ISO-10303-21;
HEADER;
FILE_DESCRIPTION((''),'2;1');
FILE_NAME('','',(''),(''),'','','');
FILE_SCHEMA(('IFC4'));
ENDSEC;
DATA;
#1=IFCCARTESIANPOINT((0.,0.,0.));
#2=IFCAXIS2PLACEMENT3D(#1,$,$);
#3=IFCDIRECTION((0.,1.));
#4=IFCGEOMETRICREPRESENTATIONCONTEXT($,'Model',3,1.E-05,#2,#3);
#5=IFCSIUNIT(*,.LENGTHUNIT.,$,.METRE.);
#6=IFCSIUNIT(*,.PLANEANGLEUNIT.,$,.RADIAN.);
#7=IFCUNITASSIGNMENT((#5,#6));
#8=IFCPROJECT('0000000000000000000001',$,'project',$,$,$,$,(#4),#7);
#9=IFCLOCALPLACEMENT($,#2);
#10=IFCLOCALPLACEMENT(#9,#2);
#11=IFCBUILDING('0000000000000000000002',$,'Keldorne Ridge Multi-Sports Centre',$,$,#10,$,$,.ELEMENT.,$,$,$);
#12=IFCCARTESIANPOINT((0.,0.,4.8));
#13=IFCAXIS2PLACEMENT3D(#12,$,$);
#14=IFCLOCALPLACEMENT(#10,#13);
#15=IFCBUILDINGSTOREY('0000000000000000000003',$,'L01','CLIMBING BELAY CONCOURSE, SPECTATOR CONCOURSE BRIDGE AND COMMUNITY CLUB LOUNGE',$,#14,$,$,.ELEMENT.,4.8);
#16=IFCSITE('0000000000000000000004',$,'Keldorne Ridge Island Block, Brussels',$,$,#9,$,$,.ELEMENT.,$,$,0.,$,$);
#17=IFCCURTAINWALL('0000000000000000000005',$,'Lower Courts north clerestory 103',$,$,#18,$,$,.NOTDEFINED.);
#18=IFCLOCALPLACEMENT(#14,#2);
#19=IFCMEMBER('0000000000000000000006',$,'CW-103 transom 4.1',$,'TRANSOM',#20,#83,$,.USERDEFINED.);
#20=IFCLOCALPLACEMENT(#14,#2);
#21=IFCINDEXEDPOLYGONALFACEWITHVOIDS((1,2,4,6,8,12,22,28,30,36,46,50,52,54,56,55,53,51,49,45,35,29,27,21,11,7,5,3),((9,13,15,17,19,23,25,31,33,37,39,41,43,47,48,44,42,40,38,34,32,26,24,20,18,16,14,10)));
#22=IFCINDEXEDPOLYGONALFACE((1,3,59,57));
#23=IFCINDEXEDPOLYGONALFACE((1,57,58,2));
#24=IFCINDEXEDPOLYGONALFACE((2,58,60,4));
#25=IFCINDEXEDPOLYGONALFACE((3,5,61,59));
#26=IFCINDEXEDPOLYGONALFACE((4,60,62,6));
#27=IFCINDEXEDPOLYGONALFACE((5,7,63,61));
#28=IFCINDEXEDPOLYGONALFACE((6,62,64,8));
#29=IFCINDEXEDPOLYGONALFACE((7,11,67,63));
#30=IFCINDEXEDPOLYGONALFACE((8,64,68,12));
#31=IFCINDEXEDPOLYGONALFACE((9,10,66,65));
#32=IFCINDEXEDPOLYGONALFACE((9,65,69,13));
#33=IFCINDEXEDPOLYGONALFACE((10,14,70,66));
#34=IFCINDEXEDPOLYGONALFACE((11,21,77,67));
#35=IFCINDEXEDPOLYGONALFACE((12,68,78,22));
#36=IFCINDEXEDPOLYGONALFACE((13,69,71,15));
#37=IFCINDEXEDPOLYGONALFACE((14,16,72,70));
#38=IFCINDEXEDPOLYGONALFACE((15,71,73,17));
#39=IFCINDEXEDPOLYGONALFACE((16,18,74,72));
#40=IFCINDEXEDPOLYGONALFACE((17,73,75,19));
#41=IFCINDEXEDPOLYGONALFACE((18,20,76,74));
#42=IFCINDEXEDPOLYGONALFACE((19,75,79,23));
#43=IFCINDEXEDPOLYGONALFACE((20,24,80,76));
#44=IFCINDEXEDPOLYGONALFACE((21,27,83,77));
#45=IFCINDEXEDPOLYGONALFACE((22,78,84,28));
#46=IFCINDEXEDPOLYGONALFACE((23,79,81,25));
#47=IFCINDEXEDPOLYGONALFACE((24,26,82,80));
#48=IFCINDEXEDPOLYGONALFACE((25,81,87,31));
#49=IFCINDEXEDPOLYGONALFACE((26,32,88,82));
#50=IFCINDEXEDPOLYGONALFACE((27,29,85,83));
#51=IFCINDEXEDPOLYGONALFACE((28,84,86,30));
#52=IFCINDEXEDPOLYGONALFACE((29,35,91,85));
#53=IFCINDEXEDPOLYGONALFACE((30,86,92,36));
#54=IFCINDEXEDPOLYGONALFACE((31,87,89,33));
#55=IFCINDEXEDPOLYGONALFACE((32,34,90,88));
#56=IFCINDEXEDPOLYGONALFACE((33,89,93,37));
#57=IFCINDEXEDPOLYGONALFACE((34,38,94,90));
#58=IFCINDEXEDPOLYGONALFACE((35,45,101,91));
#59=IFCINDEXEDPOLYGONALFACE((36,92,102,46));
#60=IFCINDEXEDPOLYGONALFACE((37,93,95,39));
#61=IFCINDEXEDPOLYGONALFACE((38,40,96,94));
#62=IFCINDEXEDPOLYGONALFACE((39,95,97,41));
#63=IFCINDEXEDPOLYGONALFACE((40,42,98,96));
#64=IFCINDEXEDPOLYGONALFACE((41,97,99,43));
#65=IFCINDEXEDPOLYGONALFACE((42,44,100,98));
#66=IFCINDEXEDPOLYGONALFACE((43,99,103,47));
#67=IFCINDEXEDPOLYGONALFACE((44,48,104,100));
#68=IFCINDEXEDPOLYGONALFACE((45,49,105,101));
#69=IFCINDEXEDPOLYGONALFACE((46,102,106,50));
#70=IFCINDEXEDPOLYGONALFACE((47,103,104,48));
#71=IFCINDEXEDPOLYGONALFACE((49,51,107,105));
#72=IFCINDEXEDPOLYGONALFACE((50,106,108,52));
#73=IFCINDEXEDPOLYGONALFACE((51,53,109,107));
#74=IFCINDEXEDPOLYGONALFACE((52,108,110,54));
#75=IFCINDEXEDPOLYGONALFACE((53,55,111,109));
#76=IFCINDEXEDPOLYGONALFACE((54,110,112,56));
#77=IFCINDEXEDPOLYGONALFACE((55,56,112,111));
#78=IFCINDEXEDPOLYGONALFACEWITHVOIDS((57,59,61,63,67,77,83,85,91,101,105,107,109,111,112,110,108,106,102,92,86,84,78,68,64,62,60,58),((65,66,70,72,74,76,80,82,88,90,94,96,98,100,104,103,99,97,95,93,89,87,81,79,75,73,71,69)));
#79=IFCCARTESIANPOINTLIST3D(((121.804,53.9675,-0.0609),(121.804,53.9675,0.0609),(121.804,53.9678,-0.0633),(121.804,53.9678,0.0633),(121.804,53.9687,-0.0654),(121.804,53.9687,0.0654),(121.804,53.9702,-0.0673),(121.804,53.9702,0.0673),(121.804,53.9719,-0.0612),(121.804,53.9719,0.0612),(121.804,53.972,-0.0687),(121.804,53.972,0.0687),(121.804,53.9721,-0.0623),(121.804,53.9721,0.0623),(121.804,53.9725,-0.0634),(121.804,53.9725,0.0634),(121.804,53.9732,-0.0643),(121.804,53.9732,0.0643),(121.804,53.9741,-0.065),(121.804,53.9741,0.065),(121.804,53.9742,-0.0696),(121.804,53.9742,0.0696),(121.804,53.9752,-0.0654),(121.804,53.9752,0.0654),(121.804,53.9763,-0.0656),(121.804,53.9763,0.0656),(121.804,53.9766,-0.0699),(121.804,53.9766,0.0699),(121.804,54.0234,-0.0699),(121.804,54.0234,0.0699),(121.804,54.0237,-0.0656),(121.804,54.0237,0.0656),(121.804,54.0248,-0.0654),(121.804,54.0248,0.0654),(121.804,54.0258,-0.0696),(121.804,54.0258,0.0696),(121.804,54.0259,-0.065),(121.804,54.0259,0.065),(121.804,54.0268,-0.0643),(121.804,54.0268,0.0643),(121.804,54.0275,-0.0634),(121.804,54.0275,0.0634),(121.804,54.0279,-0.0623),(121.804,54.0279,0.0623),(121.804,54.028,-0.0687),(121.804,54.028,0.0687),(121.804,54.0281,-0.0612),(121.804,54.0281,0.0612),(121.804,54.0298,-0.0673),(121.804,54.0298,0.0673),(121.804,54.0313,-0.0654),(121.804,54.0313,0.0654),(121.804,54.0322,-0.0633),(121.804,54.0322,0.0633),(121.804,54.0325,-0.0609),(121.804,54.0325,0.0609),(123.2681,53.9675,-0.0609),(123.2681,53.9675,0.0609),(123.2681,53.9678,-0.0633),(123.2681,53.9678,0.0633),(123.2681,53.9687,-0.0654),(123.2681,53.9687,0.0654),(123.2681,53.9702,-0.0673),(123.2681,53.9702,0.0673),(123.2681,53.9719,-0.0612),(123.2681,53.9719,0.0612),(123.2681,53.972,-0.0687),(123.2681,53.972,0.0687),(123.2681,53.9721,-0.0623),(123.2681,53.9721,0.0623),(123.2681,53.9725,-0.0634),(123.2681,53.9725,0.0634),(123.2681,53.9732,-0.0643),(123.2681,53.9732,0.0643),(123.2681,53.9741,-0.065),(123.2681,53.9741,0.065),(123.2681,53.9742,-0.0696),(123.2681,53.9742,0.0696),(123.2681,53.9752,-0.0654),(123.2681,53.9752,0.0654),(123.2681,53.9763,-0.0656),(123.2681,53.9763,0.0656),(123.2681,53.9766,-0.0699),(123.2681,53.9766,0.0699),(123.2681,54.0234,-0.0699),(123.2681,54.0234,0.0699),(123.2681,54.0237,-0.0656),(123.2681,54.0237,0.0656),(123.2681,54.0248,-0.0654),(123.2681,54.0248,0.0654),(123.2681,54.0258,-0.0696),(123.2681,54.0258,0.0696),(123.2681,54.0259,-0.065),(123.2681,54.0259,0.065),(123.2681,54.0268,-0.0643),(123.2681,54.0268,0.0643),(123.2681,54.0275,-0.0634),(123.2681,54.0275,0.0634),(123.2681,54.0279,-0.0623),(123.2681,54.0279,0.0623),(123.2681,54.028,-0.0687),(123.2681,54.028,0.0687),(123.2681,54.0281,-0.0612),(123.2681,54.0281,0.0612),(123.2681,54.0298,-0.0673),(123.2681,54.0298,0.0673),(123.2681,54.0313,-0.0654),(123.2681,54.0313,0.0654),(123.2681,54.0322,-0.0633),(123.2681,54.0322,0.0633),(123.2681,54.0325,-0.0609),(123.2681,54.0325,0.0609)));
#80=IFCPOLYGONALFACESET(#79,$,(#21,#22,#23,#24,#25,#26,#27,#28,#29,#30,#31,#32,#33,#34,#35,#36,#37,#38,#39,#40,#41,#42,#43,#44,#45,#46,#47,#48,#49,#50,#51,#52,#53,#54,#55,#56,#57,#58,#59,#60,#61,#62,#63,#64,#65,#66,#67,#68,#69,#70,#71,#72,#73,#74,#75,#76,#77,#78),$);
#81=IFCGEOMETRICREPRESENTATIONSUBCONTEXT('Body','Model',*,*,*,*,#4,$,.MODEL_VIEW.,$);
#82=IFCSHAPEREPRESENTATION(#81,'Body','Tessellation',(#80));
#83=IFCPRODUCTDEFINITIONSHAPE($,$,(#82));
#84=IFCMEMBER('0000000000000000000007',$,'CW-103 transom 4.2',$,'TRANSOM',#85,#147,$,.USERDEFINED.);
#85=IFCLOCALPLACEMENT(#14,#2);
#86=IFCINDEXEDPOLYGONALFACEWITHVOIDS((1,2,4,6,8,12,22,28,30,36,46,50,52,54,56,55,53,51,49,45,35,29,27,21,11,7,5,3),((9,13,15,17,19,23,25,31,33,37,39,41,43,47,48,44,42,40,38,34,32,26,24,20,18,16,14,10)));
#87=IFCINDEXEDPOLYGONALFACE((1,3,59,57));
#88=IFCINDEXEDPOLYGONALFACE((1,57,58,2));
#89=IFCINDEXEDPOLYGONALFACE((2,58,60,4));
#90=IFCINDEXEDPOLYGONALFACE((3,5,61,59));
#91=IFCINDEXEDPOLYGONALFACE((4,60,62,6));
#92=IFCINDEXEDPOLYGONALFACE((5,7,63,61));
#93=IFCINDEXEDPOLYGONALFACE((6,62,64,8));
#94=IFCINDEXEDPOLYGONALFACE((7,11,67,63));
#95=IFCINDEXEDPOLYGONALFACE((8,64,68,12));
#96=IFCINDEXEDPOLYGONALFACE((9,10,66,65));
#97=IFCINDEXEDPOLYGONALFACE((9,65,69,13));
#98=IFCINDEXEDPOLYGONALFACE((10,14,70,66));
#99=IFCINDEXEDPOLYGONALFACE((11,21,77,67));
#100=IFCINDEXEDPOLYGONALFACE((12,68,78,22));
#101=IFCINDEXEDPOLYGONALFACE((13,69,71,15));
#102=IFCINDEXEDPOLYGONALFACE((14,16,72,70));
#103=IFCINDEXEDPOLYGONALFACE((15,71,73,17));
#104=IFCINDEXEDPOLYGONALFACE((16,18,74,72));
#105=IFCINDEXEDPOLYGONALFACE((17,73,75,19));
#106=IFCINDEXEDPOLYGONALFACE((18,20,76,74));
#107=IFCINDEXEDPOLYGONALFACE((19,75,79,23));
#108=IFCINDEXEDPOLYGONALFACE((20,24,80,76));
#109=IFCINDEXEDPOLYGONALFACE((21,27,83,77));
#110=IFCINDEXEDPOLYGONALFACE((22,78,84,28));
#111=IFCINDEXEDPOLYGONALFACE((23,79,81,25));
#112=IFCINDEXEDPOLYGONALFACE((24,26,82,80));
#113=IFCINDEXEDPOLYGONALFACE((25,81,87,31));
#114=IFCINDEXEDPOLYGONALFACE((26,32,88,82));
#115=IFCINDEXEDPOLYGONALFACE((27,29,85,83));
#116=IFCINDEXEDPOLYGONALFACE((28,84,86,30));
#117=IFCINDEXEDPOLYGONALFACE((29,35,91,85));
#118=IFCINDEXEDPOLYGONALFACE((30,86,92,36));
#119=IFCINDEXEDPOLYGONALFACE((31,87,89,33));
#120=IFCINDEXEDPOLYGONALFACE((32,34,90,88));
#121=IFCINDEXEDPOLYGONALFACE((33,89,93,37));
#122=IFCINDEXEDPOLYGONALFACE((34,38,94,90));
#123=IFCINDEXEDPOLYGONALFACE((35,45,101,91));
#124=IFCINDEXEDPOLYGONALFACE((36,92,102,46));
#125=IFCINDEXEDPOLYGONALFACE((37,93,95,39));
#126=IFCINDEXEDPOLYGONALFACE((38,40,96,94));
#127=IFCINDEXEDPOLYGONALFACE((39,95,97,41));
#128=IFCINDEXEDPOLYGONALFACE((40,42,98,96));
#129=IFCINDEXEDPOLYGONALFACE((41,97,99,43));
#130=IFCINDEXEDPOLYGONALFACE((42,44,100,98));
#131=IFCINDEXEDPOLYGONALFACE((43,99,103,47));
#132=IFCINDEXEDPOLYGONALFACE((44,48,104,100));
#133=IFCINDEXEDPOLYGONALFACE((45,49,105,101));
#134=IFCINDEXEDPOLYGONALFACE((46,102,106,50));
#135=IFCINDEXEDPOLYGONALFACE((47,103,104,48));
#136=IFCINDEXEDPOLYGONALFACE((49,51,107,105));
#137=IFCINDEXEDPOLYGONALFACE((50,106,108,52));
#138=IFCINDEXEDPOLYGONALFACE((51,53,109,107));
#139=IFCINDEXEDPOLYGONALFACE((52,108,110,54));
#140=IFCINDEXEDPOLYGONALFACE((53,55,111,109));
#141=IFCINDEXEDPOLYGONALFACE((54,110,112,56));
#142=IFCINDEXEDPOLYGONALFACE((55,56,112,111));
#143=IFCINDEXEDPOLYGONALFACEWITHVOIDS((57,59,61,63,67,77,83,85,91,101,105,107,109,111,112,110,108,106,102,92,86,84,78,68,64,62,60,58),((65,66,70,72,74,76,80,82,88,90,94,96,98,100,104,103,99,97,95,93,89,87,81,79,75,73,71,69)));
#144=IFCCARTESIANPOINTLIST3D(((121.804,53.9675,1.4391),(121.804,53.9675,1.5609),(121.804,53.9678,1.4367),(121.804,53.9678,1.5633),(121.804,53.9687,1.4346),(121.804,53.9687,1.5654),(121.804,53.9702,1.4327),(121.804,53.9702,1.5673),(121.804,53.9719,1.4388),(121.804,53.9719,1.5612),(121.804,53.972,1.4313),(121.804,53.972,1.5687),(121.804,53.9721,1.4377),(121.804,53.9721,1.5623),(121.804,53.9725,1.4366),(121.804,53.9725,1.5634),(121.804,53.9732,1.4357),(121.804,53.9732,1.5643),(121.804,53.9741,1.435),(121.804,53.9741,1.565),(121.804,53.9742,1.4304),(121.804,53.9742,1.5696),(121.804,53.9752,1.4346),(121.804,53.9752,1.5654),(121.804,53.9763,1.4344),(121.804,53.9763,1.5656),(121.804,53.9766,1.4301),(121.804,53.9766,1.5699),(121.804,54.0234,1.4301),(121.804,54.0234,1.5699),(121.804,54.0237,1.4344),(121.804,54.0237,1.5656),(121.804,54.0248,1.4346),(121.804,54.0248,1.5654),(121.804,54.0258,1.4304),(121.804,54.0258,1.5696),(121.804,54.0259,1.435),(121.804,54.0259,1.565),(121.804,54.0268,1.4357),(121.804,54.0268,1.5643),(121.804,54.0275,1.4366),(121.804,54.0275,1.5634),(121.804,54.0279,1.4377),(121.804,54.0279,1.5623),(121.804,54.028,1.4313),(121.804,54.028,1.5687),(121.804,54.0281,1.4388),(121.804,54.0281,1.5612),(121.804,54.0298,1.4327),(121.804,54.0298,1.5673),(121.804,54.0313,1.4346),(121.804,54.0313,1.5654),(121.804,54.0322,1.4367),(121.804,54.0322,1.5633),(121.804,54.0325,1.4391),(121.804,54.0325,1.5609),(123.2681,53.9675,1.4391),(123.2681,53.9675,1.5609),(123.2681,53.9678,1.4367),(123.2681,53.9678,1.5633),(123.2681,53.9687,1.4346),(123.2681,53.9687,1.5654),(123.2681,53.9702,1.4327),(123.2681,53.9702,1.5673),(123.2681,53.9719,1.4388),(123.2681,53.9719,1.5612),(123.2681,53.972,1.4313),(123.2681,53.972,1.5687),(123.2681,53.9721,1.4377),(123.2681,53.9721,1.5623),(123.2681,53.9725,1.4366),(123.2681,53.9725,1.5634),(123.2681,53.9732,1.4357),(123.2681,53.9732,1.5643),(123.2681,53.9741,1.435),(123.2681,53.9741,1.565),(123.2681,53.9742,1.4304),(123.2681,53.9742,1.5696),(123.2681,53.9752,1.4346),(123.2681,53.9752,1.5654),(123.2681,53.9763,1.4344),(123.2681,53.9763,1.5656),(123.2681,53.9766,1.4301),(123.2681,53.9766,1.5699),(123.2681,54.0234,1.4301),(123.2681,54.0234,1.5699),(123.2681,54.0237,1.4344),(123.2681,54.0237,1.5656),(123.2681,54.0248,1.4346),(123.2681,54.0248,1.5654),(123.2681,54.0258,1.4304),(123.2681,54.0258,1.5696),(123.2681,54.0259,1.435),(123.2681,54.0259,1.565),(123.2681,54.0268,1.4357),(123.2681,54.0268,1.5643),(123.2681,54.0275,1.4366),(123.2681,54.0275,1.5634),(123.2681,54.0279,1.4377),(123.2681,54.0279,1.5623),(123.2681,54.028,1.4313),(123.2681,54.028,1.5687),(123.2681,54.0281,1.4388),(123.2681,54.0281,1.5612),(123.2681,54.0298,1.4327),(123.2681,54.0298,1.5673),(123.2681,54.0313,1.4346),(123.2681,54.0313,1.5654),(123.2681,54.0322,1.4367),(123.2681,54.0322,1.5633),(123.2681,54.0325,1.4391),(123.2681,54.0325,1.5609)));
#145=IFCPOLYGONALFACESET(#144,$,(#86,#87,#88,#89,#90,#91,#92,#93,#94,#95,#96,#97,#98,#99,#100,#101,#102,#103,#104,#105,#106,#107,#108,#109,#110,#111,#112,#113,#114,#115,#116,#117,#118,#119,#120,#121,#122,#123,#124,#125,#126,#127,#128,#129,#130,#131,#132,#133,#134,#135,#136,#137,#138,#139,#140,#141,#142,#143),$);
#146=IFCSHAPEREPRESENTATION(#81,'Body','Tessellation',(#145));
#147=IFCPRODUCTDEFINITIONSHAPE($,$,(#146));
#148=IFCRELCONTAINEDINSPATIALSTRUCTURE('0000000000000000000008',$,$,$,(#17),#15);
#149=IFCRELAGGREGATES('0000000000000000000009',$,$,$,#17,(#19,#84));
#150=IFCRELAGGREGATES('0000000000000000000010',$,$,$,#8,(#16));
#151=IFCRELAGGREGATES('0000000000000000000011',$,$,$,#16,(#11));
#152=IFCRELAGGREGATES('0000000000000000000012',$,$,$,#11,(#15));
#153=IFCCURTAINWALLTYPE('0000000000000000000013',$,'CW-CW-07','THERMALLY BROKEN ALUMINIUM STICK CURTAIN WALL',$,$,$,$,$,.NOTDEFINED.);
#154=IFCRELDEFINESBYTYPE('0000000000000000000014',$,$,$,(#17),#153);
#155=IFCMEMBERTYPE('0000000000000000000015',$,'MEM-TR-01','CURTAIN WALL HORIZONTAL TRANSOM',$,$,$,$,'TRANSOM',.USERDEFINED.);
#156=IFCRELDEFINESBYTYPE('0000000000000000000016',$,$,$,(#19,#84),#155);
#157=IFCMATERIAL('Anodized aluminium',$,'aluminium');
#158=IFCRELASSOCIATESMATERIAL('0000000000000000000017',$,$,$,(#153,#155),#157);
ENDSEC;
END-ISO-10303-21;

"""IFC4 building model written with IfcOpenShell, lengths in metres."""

from ifc_helpers import new_model, si_unit, direction, frame, origin, origin_2d, place, context, subcontext, project, spatial, hollow_rectangle, extrude, material, material_profile, profile_set, type_object, element, aggregate, save


model = new_model("IFC4")

# Units and contexts
model_context = context("Model", 3, precision=1e-05, world=origin(), true_north=direction((0.0, 1.0)))
body_context = subcontext(model_context, "Body", "Model", "MODEL_VIEW")
ifc_project = project(units=[si_unit("LENGTHUNIT", "METRE"), si_unit("PLANEANGLEUNIT", "RADIAN")], contexts=[model_context])

# Site, building, storey
site_placement = place(None, origin())
site = spatial("IfcSite", under=ifc_project, at=site_placement, Name="Keldorne Ridge Island Block, Brussels", CompositionType="ELEMENT", RefElevation=0.0)
building_placement = place(site_placement, origin())
building = spatial("IfcBuilding", under=site, at=building_placement, Name="Keldorne Ridge Multi-Sports Centre", CompositionType="ELEMENT")
storey_placement = place(building_placement, frame((0.0, 0.0, 4.8)))
storey = spatial("IfcBuildingStorey", under=building, at=storey_placement, Name="L01", Description="CLIMBING BELAY CONCOURSE, SPECTATOR CONCOURSE BRIDGE AND COMMUNITY CLUB LOUNGE", CompositionType="ELEMENT", Elevation=4.8)

# Curtain wall, members
ifc_material_1 = material(Name="Anodized aluminium", Category="aluminium")
curtain_wall_type = type_object("IfcCurtainWallType", Name="CW-CW-07", Description="THERMALLY BROKEN ALUMINIUM STICK CURTAIN WALL", PredefinedType="NOTDEFINED", material=ifc_material_1)
curtain_wall_placement = place(storey_placement, origin())
curtain_wall = element("IfcCurtainWall", 1, at=curtain_wall_placement, inside=storey, type_object=curtain_wall_type, Name="Lower Courts north clerestory 103", PredefinedType="NOTDEFINED")
ifc_material_profile_1 = material_profile(ifc_material_1, hollow_rectangle(XDim=0.0649, YDim=0.1399, WallThickness=0.0044, InnerFilletRadius=0.0044, OuterFilletRadius=0.009, at=origin_2d()), Name="ALU TRANSOM 140x65x4.5")
ifc_profile_set_1 = profile_set([ifc_material_profile_1], Name="Anodized aluminium")
member_type_1 = type_object("IfcMemberType", Name="MEM-TR-01", Description="CURTAIN WALL HORIZONTAL TRANSOM", ElementType="TRANSOM", PredefinedType="USERDEFINED", material=ifc_profile_set_1)
member_1_placement = place(storey_placement, frame((123.2681, 54.0, 0.0), z_axis=(-1.0, 0.0, 0.0), x_axis=(0.0, -1.0, 0.0)))
member_1 = element("IfcMember", 2, at=member_1_placement, type_object=member_type_1, Name="CW-103 transom 4.1", ObjectType="TRANSOM", PredefinedType="USERDEFINED", context=body_context, shape_type="SweptSolid", body=[
    extrude(hollow_rectangle(XDim=0.0649, YDim=0.1399, WallThickness=0.0044, InnerFilletRadius=0.0044, OuterFilletRadius=0.009, at=origin_2d()), origin(), (0.0, 0.0, 1.0), 1.4641),
])
member_2_placement = place(storey_placement, frame((123.2681, 54.0, 1.5), z_axis=(-1.0, 0.0, 0.0), x_axis=(0.0, -1.0, 0.0)))
member_2 = element("IfcMember", 3, at=member_2_placement, type_object=member_type_1, Name="CW-103 transom 4.2", ObjectType="TRANSOM", PredefinedType="USERDEFINED", context=body_context, shape_type="SweptSolid", body=[
    extrude(hollow_rectangle(XDim=0.0649, YDim=0.1399, WallThickness=0.0044, InnerFilletRadius=0.0044, OuterFilletRadius=0.009, at=origin_2d()), origin(), (0.0, 0.0, 1.0), 1.4641),
])
aggregate(curtain_wall, [member_1, member_2])

save(model, "model.ifc")
